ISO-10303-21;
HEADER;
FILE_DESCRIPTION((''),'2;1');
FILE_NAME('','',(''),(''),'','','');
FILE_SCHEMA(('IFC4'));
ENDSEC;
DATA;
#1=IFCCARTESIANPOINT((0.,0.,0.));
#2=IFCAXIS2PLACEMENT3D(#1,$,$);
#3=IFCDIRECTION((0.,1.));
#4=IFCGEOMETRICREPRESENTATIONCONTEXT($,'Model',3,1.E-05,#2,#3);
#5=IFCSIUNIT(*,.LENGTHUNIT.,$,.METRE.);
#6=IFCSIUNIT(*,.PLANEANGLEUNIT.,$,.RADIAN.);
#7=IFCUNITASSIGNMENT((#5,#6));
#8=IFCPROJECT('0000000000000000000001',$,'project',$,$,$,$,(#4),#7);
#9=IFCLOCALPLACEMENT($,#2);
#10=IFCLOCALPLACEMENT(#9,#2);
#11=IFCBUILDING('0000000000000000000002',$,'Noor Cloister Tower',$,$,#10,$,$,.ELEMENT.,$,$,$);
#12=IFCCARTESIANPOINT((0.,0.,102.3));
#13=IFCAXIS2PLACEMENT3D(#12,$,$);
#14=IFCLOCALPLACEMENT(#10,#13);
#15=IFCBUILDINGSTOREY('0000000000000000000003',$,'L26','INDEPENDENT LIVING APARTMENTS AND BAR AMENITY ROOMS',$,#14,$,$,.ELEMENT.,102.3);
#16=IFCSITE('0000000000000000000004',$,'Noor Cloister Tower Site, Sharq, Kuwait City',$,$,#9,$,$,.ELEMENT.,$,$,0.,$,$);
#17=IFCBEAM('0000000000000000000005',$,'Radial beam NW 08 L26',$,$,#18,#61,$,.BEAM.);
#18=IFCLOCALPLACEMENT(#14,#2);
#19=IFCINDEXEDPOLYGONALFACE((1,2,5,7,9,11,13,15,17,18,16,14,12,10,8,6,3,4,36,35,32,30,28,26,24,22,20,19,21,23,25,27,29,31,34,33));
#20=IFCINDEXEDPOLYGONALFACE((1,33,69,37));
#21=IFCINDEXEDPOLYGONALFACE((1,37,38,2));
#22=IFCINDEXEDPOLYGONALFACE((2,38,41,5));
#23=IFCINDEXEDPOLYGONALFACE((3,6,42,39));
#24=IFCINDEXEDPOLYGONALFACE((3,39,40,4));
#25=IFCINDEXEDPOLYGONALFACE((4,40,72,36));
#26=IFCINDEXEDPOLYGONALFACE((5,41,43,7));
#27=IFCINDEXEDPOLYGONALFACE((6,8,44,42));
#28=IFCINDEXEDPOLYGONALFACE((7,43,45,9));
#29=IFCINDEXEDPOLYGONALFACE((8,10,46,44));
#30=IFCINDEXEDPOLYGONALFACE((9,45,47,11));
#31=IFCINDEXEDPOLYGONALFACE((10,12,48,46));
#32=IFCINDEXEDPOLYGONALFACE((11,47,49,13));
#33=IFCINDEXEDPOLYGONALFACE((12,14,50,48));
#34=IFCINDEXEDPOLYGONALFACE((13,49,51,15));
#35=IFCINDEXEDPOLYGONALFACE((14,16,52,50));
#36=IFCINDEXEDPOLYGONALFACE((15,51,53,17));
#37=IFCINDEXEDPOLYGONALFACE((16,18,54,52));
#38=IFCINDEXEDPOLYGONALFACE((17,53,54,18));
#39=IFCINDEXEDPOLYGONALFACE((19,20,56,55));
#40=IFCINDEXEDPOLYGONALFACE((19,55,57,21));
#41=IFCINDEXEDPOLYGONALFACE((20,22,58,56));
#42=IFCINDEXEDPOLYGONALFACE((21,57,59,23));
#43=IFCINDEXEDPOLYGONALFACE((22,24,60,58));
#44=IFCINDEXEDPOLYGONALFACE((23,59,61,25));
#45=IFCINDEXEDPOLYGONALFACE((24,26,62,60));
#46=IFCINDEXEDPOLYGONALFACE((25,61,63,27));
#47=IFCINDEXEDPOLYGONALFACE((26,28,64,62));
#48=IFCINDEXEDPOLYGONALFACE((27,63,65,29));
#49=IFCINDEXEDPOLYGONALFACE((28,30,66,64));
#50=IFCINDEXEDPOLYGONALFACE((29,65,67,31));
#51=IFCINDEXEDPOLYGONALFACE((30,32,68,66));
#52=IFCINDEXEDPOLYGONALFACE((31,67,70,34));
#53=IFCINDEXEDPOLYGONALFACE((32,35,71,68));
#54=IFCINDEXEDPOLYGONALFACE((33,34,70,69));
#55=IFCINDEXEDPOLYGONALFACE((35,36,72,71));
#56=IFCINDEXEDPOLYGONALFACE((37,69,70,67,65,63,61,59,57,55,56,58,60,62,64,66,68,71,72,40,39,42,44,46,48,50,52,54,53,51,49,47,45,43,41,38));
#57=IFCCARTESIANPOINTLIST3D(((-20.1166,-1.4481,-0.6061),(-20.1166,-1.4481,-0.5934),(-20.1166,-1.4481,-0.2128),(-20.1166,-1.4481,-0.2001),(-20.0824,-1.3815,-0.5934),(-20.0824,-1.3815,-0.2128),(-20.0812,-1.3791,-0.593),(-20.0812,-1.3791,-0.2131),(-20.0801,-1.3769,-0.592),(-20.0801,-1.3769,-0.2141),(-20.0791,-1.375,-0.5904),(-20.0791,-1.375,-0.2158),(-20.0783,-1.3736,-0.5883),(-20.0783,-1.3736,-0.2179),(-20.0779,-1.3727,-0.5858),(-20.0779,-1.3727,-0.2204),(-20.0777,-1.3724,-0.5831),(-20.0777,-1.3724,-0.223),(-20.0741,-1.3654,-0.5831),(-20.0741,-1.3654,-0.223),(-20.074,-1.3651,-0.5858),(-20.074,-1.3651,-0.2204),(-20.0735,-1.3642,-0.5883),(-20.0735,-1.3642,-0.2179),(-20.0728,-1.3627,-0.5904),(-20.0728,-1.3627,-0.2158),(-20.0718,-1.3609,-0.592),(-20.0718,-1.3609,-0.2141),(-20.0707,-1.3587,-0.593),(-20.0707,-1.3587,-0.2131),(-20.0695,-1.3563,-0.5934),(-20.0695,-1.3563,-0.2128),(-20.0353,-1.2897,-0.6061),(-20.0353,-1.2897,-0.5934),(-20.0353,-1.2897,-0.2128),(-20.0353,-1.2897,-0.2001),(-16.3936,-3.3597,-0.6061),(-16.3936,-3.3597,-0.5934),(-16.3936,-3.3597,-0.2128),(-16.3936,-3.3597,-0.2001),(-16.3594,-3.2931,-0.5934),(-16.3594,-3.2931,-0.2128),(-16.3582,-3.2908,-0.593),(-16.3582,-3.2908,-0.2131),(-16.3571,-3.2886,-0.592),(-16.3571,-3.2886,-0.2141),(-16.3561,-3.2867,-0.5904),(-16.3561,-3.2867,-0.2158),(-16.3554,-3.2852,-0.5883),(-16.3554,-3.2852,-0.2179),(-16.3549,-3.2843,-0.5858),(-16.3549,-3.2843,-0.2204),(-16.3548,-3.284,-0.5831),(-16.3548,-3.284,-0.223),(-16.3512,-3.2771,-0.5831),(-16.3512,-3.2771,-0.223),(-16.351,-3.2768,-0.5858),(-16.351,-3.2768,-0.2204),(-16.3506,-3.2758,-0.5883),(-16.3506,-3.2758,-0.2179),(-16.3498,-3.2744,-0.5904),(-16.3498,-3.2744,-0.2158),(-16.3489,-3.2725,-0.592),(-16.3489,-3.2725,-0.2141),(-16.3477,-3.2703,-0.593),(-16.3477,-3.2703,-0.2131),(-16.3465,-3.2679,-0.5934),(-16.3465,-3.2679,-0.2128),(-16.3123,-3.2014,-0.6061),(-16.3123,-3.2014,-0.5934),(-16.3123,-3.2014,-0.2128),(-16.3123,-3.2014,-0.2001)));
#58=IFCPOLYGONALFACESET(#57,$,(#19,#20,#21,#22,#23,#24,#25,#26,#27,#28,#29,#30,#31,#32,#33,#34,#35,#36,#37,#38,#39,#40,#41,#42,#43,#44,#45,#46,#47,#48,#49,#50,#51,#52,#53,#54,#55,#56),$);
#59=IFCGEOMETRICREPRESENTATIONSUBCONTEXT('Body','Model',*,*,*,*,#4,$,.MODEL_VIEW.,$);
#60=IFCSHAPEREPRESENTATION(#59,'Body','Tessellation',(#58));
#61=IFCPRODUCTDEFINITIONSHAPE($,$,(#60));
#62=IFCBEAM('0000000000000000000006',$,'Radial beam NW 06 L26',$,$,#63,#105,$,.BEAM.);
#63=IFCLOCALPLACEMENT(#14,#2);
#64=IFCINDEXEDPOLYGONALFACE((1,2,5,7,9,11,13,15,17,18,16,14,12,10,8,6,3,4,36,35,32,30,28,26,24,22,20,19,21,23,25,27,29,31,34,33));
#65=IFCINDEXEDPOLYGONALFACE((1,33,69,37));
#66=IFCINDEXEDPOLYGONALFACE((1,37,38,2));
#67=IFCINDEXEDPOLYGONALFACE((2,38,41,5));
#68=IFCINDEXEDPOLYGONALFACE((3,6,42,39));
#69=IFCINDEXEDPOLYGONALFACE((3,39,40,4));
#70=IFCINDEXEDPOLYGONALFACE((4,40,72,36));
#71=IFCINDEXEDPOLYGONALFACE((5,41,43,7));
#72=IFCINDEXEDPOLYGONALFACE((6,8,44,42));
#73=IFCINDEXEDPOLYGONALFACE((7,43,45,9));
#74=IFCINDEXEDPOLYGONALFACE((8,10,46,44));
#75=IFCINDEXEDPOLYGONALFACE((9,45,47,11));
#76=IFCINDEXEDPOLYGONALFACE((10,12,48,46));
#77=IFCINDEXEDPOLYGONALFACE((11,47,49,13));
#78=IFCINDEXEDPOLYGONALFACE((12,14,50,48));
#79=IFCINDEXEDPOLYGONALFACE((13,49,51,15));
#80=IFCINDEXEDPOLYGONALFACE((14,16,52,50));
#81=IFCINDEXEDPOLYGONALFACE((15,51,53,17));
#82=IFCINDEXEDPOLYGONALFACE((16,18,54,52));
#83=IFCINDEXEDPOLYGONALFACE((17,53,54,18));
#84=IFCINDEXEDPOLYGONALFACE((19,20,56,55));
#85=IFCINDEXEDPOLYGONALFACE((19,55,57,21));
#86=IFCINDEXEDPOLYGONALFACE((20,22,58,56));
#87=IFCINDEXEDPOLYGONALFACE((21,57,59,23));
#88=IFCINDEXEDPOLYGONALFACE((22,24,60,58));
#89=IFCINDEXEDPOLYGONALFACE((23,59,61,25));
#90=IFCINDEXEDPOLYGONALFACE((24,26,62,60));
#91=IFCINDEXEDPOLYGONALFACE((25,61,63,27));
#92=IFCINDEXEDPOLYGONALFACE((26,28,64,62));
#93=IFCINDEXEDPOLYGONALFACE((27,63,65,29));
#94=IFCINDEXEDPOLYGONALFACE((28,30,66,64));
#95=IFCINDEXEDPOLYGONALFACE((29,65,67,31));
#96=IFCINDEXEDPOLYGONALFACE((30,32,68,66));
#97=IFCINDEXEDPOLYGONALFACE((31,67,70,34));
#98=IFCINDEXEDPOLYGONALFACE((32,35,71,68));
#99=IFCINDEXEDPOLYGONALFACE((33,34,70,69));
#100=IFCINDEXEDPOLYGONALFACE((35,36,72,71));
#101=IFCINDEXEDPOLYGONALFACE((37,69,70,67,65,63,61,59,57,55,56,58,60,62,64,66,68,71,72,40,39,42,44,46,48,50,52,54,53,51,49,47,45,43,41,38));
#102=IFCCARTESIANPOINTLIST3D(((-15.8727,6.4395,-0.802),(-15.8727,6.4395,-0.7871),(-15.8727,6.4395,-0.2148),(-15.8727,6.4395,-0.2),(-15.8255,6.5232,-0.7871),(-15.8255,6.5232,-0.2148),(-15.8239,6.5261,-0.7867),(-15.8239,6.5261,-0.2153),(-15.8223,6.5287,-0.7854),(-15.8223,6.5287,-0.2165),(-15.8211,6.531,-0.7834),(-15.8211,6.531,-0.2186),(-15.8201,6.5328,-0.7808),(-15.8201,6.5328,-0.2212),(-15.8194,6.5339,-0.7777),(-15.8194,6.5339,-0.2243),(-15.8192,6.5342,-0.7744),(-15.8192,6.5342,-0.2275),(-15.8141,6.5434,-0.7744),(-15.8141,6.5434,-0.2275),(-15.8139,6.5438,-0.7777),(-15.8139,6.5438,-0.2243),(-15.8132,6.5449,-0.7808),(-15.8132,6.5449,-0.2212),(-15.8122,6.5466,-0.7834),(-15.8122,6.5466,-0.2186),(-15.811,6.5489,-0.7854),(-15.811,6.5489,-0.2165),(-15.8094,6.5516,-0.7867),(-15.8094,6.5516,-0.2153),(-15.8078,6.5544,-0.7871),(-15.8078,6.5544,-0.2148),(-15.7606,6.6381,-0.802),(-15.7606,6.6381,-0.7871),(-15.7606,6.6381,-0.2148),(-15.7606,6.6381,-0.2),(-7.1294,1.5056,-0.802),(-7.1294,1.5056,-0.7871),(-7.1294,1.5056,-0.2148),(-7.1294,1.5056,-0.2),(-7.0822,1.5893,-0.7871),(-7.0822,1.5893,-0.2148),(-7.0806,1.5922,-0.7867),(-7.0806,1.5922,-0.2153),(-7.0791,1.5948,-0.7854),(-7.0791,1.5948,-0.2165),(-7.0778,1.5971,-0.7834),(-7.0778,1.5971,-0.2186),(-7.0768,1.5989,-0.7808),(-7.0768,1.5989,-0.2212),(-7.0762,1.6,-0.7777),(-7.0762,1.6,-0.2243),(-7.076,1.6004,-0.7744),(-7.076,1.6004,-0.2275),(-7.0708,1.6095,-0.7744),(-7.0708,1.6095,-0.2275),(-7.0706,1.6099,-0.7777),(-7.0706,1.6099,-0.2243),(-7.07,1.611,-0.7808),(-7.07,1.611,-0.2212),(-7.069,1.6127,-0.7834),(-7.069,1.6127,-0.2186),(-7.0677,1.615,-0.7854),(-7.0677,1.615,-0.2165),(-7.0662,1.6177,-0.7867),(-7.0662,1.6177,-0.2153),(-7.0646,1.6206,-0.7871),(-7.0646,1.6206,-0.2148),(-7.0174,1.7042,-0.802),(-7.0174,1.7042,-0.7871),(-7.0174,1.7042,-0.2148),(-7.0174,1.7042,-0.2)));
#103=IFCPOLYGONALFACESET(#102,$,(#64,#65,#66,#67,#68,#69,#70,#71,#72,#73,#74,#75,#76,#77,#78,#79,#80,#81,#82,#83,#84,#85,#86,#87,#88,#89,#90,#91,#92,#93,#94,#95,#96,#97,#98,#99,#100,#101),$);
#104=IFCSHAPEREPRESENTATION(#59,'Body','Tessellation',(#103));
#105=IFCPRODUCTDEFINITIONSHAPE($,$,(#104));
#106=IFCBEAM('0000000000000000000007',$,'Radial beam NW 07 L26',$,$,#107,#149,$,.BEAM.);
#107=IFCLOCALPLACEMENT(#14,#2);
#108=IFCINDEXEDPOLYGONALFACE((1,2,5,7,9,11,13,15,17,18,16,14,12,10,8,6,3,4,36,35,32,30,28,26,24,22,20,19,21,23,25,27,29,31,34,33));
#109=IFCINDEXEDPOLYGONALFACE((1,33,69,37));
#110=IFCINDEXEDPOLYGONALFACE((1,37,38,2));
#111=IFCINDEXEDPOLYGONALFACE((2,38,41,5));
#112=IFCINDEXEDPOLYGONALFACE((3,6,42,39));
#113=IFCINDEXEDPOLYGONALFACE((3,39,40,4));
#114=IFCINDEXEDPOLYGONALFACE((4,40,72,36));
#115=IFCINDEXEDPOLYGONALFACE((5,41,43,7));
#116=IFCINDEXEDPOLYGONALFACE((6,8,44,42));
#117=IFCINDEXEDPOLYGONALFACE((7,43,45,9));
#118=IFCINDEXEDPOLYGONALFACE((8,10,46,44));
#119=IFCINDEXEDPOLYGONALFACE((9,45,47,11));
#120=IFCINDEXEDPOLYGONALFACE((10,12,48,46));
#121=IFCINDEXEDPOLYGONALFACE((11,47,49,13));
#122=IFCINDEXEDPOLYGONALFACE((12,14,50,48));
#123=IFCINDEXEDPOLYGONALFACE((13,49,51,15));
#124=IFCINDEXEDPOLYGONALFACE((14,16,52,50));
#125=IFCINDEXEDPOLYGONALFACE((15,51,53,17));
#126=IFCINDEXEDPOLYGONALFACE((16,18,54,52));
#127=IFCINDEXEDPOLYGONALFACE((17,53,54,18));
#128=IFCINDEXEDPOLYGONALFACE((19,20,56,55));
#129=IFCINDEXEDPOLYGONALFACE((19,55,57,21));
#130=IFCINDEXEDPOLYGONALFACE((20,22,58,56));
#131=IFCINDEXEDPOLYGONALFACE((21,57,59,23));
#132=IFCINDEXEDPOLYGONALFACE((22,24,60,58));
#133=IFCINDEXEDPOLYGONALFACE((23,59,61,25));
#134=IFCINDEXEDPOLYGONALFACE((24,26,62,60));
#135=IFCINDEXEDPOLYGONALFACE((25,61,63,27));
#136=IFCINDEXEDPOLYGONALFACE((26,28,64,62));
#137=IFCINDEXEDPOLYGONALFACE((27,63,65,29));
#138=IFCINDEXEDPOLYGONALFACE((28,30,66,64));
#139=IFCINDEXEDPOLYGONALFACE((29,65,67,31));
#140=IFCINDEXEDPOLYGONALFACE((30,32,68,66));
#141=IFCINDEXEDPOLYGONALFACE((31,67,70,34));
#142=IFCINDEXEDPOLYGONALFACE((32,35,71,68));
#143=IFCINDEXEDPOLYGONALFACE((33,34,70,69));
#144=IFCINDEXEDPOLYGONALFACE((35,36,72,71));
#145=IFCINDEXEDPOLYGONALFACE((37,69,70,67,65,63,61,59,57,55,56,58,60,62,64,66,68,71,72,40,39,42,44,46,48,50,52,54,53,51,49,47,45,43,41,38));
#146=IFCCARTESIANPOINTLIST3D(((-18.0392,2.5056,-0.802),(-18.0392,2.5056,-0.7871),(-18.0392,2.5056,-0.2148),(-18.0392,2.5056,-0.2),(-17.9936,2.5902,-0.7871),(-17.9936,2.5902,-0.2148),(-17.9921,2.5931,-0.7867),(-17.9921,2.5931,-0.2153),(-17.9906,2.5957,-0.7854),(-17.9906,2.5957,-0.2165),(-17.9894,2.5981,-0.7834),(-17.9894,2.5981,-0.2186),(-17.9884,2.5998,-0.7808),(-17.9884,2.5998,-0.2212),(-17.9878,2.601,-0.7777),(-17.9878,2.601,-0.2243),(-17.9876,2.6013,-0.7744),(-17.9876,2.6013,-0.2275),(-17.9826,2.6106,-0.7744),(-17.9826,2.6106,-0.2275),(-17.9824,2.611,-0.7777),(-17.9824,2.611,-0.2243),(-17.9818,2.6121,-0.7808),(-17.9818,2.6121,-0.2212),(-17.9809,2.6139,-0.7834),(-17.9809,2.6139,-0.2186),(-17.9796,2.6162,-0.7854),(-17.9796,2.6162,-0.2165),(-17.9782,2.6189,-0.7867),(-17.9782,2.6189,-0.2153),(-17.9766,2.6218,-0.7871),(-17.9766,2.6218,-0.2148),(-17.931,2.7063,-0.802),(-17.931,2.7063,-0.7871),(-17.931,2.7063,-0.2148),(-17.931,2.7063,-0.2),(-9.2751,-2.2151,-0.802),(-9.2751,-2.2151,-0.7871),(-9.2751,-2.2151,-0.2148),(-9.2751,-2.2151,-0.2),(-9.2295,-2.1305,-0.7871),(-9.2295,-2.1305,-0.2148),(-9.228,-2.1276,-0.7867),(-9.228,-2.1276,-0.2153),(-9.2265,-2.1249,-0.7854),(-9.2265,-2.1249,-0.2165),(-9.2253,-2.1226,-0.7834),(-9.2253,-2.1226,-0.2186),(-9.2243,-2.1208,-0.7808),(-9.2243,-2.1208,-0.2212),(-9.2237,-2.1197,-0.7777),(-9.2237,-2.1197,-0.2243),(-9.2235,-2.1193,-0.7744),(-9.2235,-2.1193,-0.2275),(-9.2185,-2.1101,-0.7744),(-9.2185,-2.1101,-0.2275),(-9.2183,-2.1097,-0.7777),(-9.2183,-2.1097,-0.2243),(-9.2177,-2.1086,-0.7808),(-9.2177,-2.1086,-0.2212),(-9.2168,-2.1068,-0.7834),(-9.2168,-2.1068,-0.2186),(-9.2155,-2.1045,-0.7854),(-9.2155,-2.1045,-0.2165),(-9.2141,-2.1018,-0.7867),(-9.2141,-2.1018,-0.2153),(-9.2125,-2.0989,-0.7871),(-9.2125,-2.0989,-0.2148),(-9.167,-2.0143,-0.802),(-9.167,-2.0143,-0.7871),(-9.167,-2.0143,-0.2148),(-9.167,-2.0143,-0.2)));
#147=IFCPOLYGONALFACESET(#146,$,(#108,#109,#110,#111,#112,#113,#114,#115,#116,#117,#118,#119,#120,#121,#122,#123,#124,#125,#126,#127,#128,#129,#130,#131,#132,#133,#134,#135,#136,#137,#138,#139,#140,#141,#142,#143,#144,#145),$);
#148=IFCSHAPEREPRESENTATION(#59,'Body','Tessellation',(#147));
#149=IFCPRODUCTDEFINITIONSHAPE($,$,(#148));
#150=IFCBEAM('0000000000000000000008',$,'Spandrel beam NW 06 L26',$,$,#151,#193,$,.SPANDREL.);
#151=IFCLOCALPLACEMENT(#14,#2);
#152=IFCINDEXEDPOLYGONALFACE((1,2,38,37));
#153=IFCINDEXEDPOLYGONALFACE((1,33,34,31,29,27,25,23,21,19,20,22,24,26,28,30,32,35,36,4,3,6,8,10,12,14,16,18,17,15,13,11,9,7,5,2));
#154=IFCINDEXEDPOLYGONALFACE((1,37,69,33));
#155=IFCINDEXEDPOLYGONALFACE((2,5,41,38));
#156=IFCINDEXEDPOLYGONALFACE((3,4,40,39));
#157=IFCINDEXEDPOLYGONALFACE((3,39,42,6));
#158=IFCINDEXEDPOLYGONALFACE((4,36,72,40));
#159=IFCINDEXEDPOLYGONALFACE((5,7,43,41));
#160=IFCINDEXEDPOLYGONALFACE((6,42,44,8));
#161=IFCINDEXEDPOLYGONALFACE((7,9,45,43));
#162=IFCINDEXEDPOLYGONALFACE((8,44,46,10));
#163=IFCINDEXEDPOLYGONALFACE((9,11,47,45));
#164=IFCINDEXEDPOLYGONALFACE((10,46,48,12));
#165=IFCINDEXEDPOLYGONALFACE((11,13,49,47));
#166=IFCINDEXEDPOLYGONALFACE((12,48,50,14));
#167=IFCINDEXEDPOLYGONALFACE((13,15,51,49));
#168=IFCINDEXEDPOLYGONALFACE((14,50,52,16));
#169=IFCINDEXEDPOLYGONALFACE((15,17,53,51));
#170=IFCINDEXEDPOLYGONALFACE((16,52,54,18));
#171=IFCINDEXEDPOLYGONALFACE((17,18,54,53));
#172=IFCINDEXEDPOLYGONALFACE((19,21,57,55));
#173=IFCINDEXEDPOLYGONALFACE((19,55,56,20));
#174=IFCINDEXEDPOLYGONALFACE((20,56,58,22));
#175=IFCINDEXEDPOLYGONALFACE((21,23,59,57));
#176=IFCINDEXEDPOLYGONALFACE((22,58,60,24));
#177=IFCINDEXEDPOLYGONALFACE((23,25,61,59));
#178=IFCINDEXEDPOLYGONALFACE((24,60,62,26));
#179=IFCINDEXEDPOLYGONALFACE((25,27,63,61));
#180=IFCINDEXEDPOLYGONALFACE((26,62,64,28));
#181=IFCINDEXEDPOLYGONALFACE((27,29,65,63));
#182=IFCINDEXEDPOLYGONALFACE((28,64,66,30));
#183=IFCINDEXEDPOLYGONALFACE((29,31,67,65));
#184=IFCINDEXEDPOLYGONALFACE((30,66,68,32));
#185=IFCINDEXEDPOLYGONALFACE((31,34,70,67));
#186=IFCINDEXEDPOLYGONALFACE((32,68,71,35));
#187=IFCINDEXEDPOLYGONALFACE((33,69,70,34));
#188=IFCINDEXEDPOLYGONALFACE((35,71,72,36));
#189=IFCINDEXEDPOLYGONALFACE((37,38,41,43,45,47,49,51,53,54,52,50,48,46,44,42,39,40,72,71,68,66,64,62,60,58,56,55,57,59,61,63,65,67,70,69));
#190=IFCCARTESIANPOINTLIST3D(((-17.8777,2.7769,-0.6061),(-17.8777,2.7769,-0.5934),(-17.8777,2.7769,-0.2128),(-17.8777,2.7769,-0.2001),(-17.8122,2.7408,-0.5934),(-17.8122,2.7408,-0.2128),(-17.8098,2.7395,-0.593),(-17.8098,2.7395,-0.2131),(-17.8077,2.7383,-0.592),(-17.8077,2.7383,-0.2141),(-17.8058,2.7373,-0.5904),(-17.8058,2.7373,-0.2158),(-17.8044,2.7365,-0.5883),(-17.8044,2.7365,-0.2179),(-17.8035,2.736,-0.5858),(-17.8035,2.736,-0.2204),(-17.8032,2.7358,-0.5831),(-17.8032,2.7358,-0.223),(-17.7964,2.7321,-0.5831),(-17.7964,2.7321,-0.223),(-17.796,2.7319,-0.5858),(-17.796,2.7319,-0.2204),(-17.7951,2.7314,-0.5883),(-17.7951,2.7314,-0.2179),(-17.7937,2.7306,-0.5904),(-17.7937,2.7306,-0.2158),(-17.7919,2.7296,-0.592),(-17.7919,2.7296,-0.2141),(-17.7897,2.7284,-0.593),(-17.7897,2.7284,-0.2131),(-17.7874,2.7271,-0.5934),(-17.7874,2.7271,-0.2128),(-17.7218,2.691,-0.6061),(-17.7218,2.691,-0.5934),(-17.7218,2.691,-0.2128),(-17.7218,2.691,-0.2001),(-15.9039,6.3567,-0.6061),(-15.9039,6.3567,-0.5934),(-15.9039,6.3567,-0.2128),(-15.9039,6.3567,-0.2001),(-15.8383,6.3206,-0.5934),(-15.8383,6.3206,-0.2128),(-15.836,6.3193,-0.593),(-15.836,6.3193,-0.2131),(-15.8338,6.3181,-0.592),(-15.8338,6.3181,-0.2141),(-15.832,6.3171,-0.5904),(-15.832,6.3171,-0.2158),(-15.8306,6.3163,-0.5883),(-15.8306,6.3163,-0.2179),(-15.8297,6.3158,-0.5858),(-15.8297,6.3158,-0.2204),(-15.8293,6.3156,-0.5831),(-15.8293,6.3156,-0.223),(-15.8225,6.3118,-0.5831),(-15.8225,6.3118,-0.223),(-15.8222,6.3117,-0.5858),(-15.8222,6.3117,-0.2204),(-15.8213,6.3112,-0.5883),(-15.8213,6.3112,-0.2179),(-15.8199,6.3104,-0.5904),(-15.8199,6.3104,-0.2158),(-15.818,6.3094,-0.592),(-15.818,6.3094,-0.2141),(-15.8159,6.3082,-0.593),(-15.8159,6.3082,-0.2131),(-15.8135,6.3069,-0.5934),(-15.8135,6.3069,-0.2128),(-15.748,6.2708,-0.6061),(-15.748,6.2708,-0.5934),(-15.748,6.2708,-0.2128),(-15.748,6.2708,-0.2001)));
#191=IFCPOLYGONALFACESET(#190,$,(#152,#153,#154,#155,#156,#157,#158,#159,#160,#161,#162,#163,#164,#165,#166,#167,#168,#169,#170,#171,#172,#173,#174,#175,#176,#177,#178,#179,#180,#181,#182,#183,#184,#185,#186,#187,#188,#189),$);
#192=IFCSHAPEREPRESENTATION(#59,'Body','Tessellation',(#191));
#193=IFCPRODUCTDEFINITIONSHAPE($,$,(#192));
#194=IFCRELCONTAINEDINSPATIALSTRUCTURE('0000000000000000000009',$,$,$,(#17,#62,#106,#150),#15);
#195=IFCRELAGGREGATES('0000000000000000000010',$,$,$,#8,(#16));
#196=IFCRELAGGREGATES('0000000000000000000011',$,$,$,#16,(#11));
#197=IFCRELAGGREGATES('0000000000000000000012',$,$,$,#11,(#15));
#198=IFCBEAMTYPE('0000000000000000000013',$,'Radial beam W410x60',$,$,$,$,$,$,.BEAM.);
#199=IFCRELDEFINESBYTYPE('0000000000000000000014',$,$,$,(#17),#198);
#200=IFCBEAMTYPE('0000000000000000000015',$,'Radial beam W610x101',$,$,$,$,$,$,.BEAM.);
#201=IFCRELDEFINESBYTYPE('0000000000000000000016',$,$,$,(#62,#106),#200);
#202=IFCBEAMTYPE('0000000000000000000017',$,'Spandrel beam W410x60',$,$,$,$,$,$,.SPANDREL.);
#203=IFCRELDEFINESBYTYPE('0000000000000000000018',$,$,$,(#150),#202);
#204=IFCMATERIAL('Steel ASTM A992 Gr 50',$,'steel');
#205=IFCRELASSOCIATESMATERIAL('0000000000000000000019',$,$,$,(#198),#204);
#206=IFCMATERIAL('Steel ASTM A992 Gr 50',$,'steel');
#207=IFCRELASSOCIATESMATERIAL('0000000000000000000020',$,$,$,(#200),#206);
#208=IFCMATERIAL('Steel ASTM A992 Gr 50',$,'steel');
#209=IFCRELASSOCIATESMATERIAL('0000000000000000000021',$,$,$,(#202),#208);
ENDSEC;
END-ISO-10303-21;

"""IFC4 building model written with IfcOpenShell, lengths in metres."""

from ifc_helpers import new_model, si_unit, direction, frame, origin, origin_2d, place, context, subcontext, project, spatial, i_section, extrude, material, material_profile, profile_set, type_object, element, save


model = new_model("IFC4")

# Units and contexts
model_context = context("Model", 3, precision=1e-05, world=origin(), true_north=direction((0.0, 1.0)))
body_context = subcontext(model_context, "Body", "Model", "MODEL_VIEW")
ifc_project = project(units=[si_unit("LENGTHUNIT", "METRE"), si_unit("PLANEANGLEUNIT", "RADIAN")], contexts=[model_context])

# Site, building, storey
site_placement = place(None, origin())
site = spatial("IfcSite", under=ifc_project, at=site_placement, Name="Noor Cloister Tower Site, Sharq, Kuwait City", CompositionType="ELEMENT", RefElevation=0.0)
building_placement = place(site_placement, origin())
building = spatial("IfcBuilding", under=site, at=building_placement, Name="Noor Cloister Tower", CompositionType="ELEMENT")
storey_placement = place(building_placement, frame((0.0, 0.0, 102.3)))
storey = spatial("IfcBuildingStorey", under=building, at=storey_placement, Name="L26", Description="INDEPENDENT LIVING APARTMENTS AND BAR AMENITY ROOMS", CompositionType="ELEMENT", Elevation=102.3)

# Beams
ifc_material_1 = material(Name="Steel ASTM A992 Gr 50", Category="steel")
ifc_material_profile_1 = material_profile(ifc_material_1, i_section(OverallWidth=0.178, OverallDepth=0.406, WebThickness=0.0078, FlangeThickness=0.0127, FilletRadius=0.0103, at=origin_2d()), Name="W410x60")
ifc_profile_set_1 = profile_set([ifc_material_profile_1], Name="Steel ASTM A992 Gr 50")
beam_type_1 = type_object("IfcBeamType", Name="Radial beam W410x60", PredefinedType="BEAM", material=ifc_profile_set_1)
beam_1_placement = place(storey_placement, frame((-20.0759, -1.3689, -0.4031), z_axis=(0.88958, -0.456778, 0.0), x_axis=(0.456778, 0.88958, 0.0)))
element("IfcBeam", 1, at=beam_1_placement, inside=storey, type_object=beam_type_1, Name="Radial beam NW 08 L26", PredefinedType="BEAM", context=body_context, shape_type="SweptSolid", body=[
    extrude(i_section(OverallWidth=0.178, OverallDepth=0.406, WebThickness=0.0078, FlangeThickness=0.0127, FilletRadius=0.0103, at=origin_2d()), origin(), (0.0, 0.0, 1.0), 4.1851),
])
ifc_material_2 = material(Name="Steel ASTM A992 Gr 50", Category="steel")
ifc_material_profile_2 = material_profile(ifc_material_2, i_section(OverallWidth=0.228, OverallDepth=0.6021, WebThickness=0.0105, FlangeThickness=0.0149, FilletRadius=0.0127, at=origin_2d()), Name="W610x101")
ifc_profile_set_2 = profile_set([ifc_material_profile_2], Name="Steel ASTM A992 Gr 50")
beam_type_2 = type_object("IfcBeamType", Name="Radial beam W610x101", PredefinedType="BEAM", material=ifc_profile_set_2)
beam_2_placement = place(storey_placement, frame((-15.8167, 6.5388, -0.501), z_axis=(0.870902, -0.491457, 0.0), x_axis=(0.491457, 0.870902, 0.0)))
element("IfcBeam", 2, at=beam_2_placement, inside=storey, type_object=beam_type_2, Name="Radial beam NW 06 L26", PredefinedType="BEAM", context=body_context, shape_type="SweptSolid", body=[
    extrude(i_section(OverallWidth=0.228, OverallDepth=0.6021, WebThickness=0.0105, FlangeThickness=0.0149, FilletRadius=0.0127, at=origin_2d()), origin(), (0.0, 0.0, 1.0), 10.0393),
])
beam_3_placement = place(storey_placement, frame((-17.9851, 2.606, -0.501), z_axis=(0.880407, -0.47422, 0.0), x_axis=(0.47422, 0.880407, 0.0)))
element("IfcBeam", 3, at=beam_3_placement, inside=storey, type_object=beam_type_2, Name="Radial beam NW 07 L26", PredefinedType="BEAM", context=body_context, shape_type="SweptSolid", body=[
    extrude(i_section(OverallWidth=0.228, OverallDepth=0.6021, WebThickness=0.0105, FlangeThickness=0.0149, FilletRadius=0.0127, at=origin_2d()), origin(), (0.0, 0.0, 1.0), 9.9546),
])
ifc_material_3 = material(Name="Steel ASTM A992 Gr 50", Category="steel")
ifc_material_profile_3 = material_profile(ifc_material_3, i_section(OverallWidth=0.178, OverallDepth=0.406, WebThickness=0.0078, FlangeThickness=0.0127, FilletRadius=0.0103, at=origin_2d()), Name="W410x60")
ifc_profile_set_3 = profile_set([ifc_material_profile_3], Name="Steel ASTM A992 Gr 50")
beam_type_3 = type_object("IfcBeamType", Name="Spandrel beam W410x60", PredefinedType="SPANDREL", material=ifc_profile_set_3)
beam_4_placement = place(storey_placement, frame((-15.8259, 6.3137, -0.4031), z_axis=(-0.482852, -0.875702, 0.0), x_axis=(0.875702, -0.482852, 0.0)))
element("IfcBeam", 4, at=beam_4_placement, inside=storey, type_object=beam_type_3, Name="Spandrel beam NW 06 L26", PredefinedType="SPANDREL", context=body_context, shape_type="SweptSolid", body=[
    extrude(i_section(OverallWidth=0.178, OverallDepth=0.406, WebThickness=0.0078, FlangeThickness=0.0127, FilletRadius=0.0103, at=origin_2d()), origin(), (0.0, 0.0, 1.0), 4.0879),
])

save(model, "model.ifc")
